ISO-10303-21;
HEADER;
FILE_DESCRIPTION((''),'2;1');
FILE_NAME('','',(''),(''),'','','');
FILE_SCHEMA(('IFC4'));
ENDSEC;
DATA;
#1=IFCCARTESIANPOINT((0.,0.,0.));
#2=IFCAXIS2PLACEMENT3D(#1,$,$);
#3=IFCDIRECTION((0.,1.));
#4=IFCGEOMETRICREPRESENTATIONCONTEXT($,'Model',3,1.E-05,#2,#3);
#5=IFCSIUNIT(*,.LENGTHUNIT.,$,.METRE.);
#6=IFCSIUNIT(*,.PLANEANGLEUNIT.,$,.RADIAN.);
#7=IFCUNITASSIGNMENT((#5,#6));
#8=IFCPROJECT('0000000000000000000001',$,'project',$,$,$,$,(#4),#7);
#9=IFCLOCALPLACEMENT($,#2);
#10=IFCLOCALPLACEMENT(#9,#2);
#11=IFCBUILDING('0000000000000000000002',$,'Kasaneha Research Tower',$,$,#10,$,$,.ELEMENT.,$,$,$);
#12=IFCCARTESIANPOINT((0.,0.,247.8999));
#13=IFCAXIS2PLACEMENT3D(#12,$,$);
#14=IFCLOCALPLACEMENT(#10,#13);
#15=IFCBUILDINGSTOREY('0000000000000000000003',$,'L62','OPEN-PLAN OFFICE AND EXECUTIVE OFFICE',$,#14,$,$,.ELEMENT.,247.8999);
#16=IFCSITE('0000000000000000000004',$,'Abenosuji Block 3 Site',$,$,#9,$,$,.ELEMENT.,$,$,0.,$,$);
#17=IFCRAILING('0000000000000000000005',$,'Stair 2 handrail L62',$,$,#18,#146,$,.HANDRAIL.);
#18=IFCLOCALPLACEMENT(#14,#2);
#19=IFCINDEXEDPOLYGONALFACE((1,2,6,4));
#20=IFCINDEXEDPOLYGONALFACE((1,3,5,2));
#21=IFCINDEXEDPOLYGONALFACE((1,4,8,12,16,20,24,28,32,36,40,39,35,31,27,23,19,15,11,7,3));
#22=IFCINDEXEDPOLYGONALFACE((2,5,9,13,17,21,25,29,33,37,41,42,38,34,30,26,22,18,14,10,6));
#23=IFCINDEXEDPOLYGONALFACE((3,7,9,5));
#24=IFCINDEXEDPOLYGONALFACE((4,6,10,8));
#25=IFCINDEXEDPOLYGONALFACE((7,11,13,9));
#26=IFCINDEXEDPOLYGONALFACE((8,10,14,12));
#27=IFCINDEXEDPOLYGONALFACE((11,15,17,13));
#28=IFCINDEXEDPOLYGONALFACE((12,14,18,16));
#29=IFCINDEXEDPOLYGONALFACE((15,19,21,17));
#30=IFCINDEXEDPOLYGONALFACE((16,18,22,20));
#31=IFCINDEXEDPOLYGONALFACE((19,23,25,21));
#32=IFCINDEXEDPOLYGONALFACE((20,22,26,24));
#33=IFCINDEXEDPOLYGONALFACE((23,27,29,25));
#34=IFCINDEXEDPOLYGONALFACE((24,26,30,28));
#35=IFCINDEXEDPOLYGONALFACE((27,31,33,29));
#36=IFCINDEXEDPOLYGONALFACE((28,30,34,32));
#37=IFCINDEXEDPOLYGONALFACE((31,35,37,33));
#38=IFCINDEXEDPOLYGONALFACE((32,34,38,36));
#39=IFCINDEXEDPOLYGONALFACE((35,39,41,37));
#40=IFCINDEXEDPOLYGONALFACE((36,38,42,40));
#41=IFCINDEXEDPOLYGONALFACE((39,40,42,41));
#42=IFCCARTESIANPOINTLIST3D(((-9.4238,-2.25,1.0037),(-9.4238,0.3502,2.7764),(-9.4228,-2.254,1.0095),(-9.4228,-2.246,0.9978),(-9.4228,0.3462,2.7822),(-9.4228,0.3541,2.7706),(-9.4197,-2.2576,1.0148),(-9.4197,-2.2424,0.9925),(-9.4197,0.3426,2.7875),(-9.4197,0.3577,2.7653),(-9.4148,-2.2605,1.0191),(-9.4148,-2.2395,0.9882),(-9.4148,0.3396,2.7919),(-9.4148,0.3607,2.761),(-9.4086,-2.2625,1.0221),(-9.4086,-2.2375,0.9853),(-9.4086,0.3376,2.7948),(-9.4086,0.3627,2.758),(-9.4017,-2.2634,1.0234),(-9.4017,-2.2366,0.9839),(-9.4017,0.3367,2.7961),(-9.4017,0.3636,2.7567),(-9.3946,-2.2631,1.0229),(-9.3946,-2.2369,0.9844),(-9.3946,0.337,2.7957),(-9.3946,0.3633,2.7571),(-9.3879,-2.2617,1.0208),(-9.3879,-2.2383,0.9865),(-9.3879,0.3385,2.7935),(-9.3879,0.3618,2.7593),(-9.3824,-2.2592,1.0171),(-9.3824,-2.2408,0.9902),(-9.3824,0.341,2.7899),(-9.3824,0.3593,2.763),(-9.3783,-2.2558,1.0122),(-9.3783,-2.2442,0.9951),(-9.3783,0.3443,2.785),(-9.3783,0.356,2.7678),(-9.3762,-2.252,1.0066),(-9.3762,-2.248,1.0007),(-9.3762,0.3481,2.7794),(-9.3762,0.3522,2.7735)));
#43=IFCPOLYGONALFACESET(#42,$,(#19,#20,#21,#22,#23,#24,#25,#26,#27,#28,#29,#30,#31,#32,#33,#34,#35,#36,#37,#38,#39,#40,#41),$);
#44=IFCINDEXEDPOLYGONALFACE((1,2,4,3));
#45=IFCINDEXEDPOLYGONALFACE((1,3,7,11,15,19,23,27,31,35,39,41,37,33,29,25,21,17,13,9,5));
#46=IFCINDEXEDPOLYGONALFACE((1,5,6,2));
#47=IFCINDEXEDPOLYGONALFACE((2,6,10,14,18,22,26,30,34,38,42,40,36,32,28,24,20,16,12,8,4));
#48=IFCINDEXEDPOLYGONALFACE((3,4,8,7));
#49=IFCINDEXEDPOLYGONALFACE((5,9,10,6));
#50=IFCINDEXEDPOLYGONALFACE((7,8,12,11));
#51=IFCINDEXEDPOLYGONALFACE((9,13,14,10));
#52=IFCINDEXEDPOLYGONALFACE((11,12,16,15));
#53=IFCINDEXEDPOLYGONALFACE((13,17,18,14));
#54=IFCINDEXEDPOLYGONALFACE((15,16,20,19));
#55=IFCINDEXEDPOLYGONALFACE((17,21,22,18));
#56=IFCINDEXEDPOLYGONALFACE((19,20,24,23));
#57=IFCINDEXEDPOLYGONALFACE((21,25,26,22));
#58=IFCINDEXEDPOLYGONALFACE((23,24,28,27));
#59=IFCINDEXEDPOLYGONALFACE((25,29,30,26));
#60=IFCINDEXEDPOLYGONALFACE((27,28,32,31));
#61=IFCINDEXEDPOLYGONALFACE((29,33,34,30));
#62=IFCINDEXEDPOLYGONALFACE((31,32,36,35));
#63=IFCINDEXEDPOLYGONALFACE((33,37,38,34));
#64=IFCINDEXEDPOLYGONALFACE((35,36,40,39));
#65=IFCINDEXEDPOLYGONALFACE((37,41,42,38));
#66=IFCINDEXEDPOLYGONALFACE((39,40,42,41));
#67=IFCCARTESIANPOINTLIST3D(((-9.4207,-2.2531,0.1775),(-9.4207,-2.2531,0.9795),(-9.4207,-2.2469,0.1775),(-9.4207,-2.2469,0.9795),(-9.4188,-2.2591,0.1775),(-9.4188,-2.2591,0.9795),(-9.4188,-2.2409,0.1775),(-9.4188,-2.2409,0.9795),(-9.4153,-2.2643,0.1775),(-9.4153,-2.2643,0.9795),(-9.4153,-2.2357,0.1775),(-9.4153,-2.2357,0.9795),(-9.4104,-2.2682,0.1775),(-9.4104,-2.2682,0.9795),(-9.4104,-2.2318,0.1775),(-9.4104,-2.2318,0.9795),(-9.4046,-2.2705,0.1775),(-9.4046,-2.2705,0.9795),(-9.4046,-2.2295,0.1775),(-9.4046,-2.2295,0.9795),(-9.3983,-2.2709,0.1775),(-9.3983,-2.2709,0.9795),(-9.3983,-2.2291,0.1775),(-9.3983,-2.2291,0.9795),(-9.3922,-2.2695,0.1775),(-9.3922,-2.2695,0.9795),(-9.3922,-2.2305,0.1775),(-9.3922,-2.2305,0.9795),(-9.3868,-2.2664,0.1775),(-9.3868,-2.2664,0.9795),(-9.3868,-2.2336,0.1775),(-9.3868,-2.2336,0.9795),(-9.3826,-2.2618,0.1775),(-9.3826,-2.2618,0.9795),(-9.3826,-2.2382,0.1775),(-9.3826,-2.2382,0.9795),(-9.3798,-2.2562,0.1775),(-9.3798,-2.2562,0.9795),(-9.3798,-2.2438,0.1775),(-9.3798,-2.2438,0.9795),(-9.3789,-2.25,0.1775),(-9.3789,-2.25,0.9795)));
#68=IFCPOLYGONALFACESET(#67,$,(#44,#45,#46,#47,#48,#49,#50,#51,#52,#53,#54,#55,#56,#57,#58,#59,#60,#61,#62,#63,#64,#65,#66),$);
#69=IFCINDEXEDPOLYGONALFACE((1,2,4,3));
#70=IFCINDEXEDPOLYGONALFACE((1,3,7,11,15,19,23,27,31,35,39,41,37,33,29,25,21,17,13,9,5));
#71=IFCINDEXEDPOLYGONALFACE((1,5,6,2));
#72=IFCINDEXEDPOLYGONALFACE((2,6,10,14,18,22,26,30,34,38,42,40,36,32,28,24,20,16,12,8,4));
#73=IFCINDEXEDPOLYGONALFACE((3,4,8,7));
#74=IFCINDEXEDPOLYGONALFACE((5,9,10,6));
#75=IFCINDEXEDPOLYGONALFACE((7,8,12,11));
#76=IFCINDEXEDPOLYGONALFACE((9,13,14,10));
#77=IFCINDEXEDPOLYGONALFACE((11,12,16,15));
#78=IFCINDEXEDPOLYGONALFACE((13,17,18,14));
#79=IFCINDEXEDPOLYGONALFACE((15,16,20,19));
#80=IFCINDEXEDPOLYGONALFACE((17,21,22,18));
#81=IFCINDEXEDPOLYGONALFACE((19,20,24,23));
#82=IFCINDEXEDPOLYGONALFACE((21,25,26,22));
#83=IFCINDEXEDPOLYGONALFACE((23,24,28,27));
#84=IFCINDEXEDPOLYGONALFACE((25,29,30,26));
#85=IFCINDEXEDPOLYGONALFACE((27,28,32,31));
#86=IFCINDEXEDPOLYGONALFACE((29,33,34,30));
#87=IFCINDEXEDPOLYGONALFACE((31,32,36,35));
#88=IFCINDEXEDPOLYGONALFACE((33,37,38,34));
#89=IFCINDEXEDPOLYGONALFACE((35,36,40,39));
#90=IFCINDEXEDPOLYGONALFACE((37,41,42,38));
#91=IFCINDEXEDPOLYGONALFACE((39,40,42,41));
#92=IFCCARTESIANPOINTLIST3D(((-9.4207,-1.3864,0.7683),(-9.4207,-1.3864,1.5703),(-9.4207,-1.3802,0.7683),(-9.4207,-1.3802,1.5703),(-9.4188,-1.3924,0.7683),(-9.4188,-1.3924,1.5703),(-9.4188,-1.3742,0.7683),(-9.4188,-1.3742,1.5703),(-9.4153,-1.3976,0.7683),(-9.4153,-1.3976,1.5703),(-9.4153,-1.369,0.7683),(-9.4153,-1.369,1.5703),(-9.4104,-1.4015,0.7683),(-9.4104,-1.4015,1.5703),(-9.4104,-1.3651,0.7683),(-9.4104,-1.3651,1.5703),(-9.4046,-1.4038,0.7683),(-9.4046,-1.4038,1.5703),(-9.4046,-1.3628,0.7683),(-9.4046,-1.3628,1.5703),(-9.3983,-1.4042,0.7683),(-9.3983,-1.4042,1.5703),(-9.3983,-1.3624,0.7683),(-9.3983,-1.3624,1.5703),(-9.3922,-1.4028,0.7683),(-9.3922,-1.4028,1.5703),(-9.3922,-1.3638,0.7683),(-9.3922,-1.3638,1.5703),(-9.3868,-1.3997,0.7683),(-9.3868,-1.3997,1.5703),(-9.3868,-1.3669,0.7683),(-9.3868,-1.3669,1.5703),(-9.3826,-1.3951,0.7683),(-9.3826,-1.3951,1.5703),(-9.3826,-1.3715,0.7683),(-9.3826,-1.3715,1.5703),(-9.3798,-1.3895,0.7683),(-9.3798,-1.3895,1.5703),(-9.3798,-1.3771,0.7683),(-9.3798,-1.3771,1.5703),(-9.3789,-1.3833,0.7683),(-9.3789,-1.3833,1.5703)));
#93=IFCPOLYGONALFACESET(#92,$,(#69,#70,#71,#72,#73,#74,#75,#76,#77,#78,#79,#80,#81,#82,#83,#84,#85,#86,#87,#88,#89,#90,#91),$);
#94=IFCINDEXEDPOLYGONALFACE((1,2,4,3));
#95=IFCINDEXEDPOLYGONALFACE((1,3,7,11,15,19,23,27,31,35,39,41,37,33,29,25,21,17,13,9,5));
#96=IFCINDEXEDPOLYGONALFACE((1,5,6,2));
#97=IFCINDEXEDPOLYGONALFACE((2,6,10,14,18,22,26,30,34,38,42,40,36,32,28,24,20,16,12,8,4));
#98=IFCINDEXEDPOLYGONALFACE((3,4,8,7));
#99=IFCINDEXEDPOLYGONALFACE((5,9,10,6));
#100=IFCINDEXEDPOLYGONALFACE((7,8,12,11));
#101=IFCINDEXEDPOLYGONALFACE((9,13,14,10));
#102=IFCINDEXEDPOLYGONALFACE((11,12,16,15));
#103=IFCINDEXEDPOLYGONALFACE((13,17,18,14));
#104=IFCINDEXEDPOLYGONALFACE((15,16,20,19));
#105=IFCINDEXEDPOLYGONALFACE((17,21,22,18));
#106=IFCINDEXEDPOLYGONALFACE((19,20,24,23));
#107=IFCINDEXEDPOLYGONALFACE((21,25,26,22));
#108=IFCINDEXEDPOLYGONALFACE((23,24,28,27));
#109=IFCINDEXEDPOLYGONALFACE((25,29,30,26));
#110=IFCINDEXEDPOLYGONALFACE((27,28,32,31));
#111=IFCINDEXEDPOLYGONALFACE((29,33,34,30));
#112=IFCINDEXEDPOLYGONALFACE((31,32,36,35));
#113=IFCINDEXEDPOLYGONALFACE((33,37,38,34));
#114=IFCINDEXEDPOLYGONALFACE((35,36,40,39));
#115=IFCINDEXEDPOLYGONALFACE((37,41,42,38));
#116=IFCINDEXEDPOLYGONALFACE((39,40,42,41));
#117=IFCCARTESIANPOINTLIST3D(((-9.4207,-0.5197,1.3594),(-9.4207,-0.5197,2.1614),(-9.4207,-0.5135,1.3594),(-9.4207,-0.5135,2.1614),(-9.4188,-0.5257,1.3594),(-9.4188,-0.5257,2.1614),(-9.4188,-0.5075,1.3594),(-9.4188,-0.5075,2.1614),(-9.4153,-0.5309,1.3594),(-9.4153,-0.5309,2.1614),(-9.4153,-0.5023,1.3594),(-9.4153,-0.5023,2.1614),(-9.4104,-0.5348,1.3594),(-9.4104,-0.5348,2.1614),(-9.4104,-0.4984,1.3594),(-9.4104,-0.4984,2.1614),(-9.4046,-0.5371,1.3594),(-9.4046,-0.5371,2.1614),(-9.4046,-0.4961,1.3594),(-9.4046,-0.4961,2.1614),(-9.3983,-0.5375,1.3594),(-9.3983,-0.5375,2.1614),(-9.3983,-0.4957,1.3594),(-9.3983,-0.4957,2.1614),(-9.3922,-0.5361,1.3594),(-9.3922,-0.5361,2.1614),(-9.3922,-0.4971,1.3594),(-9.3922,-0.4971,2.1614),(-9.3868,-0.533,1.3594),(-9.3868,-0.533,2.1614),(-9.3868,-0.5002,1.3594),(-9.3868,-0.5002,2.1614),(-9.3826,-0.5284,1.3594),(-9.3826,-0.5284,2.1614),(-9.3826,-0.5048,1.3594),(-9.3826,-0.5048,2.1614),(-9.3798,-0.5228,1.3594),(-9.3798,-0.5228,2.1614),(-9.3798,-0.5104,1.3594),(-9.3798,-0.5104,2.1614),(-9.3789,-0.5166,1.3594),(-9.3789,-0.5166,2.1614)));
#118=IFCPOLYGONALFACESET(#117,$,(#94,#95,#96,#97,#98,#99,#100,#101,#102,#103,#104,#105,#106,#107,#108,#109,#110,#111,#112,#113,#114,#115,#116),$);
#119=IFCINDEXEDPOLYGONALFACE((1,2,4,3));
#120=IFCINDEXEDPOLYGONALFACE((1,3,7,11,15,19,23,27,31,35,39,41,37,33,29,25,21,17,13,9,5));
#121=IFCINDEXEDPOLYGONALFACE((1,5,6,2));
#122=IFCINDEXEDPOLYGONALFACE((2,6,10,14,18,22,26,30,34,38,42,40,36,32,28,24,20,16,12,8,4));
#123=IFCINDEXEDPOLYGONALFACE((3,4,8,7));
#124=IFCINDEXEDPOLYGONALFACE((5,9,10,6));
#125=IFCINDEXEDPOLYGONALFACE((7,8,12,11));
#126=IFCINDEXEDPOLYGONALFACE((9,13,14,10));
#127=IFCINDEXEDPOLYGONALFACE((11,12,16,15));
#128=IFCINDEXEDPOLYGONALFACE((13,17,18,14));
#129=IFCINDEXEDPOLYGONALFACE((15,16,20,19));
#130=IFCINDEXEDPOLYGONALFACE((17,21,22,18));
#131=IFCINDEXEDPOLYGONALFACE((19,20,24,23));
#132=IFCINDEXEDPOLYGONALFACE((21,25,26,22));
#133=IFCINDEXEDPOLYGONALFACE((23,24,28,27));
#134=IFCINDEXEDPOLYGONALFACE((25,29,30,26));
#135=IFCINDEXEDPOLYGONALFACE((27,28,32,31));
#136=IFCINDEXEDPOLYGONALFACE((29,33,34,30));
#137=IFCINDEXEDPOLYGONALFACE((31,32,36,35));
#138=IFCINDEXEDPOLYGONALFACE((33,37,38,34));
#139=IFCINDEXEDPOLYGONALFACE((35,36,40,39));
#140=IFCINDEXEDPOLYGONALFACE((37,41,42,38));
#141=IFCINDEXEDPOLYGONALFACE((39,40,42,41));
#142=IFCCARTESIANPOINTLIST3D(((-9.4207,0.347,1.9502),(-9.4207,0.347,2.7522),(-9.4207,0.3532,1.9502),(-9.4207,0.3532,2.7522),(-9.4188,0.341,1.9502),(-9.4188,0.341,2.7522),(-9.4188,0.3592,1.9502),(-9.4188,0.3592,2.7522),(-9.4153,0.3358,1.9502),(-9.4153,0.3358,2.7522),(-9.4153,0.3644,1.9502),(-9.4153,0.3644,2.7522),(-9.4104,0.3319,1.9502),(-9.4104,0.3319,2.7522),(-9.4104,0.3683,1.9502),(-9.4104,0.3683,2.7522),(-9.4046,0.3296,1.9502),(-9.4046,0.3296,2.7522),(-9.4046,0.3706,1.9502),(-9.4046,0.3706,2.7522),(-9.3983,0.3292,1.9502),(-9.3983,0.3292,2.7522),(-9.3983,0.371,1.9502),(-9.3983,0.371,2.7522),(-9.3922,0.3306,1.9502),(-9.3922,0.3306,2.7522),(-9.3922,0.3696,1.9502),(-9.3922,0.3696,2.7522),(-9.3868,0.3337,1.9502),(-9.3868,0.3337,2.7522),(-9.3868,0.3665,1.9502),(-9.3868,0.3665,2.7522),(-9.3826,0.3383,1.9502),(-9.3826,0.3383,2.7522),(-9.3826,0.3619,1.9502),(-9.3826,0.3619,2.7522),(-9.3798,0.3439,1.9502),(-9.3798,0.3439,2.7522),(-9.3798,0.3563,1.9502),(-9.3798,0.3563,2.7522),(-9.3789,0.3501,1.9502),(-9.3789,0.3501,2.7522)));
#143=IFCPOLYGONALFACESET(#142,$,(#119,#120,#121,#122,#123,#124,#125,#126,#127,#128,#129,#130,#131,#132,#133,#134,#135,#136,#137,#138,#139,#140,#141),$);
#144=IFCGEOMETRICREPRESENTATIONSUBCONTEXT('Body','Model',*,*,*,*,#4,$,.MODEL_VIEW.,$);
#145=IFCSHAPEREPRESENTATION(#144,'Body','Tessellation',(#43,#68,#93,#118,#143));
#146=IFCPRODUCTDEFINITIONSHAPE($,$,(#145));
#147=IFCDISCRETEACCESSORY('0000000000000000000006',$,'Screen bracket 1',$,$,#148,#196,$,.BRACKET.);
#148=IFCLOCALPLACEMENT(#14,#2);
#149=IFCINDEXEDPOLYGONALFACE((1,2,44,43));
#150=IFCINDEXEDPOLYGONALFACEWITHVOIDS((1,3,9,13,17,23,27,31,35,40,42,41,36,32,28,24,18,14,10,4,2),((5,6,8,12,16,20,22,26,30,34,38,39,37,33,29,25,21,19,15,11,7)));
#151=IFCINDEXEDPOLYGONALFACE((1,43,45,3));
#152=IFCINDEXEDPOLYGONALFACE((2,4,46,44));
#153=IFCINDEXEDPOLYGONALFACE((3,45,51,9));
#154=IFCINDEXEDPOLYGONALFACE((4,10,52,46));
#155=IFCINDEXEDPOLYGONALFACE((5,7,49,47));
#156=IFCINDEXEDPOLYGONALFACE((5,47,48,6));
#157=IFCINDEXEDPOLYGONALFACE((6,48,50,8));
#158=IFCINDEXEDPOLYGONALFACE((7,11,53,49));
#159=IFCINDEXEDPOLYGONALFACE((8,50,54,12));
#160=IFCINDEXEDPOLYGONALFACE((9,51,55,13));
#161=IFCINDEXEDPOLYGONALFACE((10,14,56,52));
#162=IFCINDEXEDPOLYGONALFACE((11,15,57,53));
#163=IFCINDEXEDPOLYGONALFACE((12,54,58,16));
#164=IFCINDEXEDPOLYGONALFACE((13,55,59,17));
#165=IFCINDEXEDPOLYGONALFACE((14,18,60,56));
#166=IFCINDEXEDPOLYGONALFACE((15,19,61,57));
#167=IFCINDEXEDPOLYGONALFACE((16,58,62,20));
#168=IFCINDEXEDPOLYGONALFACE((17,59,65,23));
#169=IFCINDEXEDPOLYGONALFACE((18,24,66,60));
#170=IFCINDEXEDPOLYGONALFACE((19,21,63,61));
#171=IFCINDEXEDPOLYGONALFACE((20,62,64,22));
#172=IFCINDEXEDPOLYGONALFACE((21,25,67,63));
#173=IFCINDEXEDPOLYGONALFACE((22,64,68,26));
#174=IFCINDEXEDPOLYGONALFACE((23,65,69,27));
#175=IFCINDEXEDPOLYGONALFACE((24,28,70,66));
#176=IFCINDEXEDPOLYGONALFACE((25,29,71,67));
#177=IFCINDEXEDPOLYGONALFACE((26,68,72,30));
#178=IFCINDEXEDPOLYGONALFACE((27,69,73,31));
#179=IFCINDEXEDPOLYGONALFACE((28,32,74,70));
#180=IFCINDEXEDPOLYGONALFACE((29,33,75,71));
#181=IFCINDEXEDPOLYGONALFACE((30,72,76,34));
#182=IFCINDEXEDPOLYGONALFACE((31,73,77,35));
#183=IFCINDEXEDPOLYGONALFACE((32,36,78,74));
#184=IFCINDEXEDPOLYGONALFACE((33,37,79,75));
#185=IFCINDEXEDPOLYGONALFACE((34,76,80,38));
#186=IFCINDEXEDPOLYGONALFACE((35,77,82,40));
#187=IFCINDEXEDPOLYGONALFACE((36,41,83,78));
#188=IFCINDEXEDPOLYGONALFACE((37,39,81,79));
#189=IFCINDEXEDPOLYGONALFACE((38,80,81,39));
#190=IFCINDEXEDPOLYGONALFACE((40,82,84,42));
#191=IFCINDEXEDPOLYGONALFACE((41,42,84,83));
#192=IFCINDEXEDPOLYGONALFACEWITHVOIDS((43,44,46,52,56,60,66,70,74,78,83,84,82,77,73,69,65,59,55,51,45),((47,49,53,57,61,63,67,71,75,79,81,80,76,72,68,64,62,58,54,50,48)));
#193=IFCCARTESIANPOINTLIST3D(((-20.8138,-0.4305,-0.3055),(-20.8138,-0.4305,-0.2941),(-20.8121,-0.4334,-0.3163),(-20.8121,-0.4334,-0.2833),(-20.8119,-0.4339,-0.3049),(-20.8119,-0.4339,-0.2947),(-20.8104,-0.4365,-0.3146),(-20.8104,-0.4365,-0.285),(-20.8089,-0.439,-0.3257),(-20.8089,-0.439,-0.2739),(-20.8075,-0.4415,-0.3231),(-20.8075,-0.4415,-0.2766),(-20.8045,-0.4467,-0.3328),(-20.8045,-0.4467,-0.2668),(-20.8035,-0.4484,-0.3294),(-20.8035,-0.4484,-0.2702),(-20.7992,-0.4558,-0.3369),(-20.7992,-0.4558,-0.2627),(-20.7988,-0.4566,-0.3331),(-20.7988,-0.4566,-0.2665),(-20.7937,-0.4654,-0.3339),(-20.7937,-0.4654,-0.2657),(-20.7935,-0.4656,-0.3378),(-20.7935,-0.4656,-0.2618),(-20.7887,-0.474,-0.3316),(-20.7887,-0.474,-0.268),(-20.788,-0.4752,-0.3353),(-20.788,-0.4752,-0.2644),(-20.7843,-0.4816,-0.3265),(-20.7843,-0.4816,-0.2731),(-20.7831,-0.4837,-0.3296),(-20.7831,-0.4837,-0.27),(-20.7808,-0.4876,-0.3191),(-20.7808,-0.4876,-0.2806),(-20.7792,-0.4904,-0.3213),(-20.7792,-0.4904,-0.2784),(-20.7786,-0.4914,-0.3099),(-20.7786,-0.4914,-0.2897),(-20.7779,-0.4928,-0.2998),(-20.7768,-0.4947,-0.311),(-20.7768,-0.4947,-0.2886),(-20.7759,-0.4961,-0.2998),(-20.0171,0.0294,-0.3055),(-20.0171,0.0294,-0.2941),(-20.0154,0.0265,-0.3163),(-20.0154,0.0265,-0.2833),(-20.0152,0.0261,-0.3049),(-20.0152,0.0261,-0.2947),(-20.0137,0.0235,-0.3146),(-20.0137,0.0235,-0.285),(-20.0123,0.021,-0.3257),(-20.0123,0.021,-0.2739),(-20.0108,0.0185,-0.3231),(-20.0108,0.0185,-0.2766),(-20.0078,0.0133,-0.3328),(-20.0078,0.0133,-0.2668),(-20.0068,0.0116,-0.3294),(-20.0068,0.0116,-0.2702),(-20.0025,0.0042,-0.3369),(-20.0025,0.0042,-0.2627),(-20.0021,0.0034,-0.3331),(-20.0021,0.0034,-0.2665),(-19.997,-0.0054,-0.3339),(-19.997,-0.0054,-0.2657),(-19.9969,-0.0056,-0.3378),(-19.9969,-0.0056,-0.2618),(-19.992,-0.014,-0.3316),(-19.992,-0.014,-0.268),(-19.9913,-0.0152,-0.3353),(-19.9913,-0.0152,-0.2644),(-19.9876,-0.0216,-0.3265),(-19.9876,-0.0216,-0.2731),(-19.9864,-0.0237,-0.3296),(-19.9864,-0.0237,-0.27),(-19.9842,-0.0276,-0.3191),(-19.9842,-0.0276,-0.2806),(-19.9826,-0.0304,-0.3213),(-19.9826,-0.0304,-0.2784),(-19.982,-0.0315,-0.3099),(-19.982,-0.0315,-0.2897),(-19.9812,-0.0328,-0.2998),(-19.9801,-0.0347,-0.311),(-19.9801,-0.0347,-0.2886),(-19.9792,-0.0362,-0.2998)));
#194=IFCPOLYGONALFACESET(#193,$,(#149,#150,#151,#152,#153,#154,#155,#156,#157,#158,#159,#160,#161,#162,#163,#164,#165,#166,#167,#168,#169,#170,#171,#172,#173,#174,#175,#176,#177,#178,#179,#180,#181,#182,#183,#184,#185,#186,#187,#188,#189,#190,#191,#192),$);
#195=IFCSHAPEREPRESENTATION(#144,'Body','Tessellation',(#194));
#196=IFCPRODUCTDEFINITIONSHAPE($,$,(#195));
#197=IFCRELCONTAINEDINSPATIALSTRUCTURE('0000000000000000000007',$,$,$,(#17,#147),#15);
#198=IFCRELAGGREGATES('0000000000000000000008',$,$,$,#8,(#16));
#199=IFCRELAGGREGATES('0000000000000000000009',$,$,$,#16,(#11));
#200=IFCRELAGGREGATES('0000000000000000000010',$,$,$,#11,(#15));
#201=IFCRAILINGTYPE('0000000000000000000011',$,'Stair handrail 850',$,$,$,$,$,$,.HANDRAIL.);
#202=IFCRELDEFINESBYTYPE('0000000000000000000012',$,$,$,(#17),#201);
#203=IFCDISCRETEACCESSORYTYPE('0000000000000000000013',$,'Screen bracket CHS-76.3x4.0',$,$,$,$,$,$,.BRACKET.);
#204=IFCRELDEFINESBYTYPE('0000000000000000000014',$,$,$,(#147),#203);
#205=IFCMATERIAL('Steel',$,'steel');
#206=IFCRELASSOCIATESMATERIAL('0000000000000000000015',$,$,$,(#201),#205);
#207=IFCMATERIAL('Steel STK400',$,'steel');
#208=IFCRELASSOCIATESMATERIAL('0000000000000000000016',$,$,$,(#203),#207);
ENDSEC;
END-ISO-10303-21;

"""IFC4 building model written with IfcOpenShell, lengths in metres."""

from ifc_helpers import new_model, si_unit, direction, frame, origin, origin_2d, place, context, subcontext, project, spatial, circle, hollow_circle, extrude, material, material_profile, profile_set, type_object, element, save


model = new_model("IFC4")

# Units and contexts
model_context = context("Model", 3, precision=1e-05, world=origin(), true_north=direction((0.0, 1.0)))
body_context = subcontext(model_context, "Body", "Model", "MODEL_VIEW")
ifc_project = project(units=[si_unit("LENGTHUNIT", "METRE"), si_unit("PLANEANGLEUNIT", "RADIAN")], contexts=[model_context])

# Site, building, storey
site_placement = place(None, origin())
site = spatial("IfcSite", under=ifc_project, at=site_placement, Name="Abenosuji Block 3 Site", CompositionType="ELEMENT", RefElevation=0.0)
building_placement = place(site_placement, origin())
building = spatial("IfcBuilding", under=site, at=building_placement, Name="Kasaneha Research Tower", CompositionType="ELEMENT")
storey_placement = place(building_placement, frame((0.0, 0.0, 247.8999)))
storey = spatial("IfcBuildingStorey", under=building, at=storey_placement, Name="L62", Description="OPEN-PLAN OFFICE AND EXECUTIVE OFFICE", CompositionType="ELEMENT", Elevation=247.8999)

# Railing
ifc_material_1 = material(Name="Steel", Category="steel")
railing_type = type_object("IfcRailingType", Name="Stair handrail 850", PredefinedType="HANDRAIL", material=ifc_material_1)
railing_placement = place(storey_placement, frame((-9.3999, -2.25, 0.1775)))
element("IfcRailing", 1, at=railing_placement, inside=storey, type_object=railing_type, Name="Stair 2 handrail L62", PredefinedType="HANDRAIL", context=body_context, shape_type="SweptSolid", body=[
    extrude(circle(Radius=0.0239, at=origin_2d()), frame((0.0, 0.0, 0.8262), z_axis=(0.0, 0.82624, 0.563318), x_axis=(-1.0, 0.0, 0.0)), (0.0, 0.0, 1.0), 3.147),
    extrude(circle(Radius=0.021, at=origin_2d()), origin(), (0.0, 0.0, 1.0), 0.802),
    extrude(circle(Radius=0.021, at=origin_2d()), frame((0.0, 0.8667, 0.5908)), (0.0, 0.0, 1.0), 0.802),
    extrude(circle(Radius=0.021, at=origin_2d()), frame((0.0, 1.7334, 1.1819)), (0.0, 0.0, 1.0), 0.802),
    extrude(circle(Radius=0.021, at=origin_2d()), frame((0.0, 2.6001, 1.7727)), (0.0, 0.0, 1.0), 0.802),
])

# Discrete accessory
ifc_material_2 = material(Name="Steel STK400", Category="steel")
ifc_material_profile_1 = material_profile(ifc_material_2, hollow_circle(Radius=0.0381, WallThickness=0.0039, at=origin_2d()), Name="CHS-76.3x4.0")
ifc_profile_set_1 = profile_set([ifc_material_profile_1], Name="Steel STK400")
discrete_accessory_type = type_object("IfcDiscreteAccessoryType", Name="Screen bracket CHS-76.3x4.0", PredefinedType="BRACKET", material=ifc_profile_set_1)
discrete_accessory_placement = place(storey_placement, frame((-19.9983, -0.0032, -0.2998), z_axis=(-0.866013, -0.500021, 0.0), x_axis=(0.500021, -0.866013, 0.0)))
element("IfcDiscreteAccessory", 2, at=discrete_accessory_placement, inside=storey, type_object=discrete_accessory_type, Name="Screen bracket 1", PredefinedType="BRACKET", context=body_context, shape_type="SweptSolid", body=[
    extrude(hollow_circle(Radius=0.0381, WallThickness=0.0039, at=origin_2d()), origin(), (0.0, 0.0, 1.0), 0.9199),
])

save(model, "model.ifc")
